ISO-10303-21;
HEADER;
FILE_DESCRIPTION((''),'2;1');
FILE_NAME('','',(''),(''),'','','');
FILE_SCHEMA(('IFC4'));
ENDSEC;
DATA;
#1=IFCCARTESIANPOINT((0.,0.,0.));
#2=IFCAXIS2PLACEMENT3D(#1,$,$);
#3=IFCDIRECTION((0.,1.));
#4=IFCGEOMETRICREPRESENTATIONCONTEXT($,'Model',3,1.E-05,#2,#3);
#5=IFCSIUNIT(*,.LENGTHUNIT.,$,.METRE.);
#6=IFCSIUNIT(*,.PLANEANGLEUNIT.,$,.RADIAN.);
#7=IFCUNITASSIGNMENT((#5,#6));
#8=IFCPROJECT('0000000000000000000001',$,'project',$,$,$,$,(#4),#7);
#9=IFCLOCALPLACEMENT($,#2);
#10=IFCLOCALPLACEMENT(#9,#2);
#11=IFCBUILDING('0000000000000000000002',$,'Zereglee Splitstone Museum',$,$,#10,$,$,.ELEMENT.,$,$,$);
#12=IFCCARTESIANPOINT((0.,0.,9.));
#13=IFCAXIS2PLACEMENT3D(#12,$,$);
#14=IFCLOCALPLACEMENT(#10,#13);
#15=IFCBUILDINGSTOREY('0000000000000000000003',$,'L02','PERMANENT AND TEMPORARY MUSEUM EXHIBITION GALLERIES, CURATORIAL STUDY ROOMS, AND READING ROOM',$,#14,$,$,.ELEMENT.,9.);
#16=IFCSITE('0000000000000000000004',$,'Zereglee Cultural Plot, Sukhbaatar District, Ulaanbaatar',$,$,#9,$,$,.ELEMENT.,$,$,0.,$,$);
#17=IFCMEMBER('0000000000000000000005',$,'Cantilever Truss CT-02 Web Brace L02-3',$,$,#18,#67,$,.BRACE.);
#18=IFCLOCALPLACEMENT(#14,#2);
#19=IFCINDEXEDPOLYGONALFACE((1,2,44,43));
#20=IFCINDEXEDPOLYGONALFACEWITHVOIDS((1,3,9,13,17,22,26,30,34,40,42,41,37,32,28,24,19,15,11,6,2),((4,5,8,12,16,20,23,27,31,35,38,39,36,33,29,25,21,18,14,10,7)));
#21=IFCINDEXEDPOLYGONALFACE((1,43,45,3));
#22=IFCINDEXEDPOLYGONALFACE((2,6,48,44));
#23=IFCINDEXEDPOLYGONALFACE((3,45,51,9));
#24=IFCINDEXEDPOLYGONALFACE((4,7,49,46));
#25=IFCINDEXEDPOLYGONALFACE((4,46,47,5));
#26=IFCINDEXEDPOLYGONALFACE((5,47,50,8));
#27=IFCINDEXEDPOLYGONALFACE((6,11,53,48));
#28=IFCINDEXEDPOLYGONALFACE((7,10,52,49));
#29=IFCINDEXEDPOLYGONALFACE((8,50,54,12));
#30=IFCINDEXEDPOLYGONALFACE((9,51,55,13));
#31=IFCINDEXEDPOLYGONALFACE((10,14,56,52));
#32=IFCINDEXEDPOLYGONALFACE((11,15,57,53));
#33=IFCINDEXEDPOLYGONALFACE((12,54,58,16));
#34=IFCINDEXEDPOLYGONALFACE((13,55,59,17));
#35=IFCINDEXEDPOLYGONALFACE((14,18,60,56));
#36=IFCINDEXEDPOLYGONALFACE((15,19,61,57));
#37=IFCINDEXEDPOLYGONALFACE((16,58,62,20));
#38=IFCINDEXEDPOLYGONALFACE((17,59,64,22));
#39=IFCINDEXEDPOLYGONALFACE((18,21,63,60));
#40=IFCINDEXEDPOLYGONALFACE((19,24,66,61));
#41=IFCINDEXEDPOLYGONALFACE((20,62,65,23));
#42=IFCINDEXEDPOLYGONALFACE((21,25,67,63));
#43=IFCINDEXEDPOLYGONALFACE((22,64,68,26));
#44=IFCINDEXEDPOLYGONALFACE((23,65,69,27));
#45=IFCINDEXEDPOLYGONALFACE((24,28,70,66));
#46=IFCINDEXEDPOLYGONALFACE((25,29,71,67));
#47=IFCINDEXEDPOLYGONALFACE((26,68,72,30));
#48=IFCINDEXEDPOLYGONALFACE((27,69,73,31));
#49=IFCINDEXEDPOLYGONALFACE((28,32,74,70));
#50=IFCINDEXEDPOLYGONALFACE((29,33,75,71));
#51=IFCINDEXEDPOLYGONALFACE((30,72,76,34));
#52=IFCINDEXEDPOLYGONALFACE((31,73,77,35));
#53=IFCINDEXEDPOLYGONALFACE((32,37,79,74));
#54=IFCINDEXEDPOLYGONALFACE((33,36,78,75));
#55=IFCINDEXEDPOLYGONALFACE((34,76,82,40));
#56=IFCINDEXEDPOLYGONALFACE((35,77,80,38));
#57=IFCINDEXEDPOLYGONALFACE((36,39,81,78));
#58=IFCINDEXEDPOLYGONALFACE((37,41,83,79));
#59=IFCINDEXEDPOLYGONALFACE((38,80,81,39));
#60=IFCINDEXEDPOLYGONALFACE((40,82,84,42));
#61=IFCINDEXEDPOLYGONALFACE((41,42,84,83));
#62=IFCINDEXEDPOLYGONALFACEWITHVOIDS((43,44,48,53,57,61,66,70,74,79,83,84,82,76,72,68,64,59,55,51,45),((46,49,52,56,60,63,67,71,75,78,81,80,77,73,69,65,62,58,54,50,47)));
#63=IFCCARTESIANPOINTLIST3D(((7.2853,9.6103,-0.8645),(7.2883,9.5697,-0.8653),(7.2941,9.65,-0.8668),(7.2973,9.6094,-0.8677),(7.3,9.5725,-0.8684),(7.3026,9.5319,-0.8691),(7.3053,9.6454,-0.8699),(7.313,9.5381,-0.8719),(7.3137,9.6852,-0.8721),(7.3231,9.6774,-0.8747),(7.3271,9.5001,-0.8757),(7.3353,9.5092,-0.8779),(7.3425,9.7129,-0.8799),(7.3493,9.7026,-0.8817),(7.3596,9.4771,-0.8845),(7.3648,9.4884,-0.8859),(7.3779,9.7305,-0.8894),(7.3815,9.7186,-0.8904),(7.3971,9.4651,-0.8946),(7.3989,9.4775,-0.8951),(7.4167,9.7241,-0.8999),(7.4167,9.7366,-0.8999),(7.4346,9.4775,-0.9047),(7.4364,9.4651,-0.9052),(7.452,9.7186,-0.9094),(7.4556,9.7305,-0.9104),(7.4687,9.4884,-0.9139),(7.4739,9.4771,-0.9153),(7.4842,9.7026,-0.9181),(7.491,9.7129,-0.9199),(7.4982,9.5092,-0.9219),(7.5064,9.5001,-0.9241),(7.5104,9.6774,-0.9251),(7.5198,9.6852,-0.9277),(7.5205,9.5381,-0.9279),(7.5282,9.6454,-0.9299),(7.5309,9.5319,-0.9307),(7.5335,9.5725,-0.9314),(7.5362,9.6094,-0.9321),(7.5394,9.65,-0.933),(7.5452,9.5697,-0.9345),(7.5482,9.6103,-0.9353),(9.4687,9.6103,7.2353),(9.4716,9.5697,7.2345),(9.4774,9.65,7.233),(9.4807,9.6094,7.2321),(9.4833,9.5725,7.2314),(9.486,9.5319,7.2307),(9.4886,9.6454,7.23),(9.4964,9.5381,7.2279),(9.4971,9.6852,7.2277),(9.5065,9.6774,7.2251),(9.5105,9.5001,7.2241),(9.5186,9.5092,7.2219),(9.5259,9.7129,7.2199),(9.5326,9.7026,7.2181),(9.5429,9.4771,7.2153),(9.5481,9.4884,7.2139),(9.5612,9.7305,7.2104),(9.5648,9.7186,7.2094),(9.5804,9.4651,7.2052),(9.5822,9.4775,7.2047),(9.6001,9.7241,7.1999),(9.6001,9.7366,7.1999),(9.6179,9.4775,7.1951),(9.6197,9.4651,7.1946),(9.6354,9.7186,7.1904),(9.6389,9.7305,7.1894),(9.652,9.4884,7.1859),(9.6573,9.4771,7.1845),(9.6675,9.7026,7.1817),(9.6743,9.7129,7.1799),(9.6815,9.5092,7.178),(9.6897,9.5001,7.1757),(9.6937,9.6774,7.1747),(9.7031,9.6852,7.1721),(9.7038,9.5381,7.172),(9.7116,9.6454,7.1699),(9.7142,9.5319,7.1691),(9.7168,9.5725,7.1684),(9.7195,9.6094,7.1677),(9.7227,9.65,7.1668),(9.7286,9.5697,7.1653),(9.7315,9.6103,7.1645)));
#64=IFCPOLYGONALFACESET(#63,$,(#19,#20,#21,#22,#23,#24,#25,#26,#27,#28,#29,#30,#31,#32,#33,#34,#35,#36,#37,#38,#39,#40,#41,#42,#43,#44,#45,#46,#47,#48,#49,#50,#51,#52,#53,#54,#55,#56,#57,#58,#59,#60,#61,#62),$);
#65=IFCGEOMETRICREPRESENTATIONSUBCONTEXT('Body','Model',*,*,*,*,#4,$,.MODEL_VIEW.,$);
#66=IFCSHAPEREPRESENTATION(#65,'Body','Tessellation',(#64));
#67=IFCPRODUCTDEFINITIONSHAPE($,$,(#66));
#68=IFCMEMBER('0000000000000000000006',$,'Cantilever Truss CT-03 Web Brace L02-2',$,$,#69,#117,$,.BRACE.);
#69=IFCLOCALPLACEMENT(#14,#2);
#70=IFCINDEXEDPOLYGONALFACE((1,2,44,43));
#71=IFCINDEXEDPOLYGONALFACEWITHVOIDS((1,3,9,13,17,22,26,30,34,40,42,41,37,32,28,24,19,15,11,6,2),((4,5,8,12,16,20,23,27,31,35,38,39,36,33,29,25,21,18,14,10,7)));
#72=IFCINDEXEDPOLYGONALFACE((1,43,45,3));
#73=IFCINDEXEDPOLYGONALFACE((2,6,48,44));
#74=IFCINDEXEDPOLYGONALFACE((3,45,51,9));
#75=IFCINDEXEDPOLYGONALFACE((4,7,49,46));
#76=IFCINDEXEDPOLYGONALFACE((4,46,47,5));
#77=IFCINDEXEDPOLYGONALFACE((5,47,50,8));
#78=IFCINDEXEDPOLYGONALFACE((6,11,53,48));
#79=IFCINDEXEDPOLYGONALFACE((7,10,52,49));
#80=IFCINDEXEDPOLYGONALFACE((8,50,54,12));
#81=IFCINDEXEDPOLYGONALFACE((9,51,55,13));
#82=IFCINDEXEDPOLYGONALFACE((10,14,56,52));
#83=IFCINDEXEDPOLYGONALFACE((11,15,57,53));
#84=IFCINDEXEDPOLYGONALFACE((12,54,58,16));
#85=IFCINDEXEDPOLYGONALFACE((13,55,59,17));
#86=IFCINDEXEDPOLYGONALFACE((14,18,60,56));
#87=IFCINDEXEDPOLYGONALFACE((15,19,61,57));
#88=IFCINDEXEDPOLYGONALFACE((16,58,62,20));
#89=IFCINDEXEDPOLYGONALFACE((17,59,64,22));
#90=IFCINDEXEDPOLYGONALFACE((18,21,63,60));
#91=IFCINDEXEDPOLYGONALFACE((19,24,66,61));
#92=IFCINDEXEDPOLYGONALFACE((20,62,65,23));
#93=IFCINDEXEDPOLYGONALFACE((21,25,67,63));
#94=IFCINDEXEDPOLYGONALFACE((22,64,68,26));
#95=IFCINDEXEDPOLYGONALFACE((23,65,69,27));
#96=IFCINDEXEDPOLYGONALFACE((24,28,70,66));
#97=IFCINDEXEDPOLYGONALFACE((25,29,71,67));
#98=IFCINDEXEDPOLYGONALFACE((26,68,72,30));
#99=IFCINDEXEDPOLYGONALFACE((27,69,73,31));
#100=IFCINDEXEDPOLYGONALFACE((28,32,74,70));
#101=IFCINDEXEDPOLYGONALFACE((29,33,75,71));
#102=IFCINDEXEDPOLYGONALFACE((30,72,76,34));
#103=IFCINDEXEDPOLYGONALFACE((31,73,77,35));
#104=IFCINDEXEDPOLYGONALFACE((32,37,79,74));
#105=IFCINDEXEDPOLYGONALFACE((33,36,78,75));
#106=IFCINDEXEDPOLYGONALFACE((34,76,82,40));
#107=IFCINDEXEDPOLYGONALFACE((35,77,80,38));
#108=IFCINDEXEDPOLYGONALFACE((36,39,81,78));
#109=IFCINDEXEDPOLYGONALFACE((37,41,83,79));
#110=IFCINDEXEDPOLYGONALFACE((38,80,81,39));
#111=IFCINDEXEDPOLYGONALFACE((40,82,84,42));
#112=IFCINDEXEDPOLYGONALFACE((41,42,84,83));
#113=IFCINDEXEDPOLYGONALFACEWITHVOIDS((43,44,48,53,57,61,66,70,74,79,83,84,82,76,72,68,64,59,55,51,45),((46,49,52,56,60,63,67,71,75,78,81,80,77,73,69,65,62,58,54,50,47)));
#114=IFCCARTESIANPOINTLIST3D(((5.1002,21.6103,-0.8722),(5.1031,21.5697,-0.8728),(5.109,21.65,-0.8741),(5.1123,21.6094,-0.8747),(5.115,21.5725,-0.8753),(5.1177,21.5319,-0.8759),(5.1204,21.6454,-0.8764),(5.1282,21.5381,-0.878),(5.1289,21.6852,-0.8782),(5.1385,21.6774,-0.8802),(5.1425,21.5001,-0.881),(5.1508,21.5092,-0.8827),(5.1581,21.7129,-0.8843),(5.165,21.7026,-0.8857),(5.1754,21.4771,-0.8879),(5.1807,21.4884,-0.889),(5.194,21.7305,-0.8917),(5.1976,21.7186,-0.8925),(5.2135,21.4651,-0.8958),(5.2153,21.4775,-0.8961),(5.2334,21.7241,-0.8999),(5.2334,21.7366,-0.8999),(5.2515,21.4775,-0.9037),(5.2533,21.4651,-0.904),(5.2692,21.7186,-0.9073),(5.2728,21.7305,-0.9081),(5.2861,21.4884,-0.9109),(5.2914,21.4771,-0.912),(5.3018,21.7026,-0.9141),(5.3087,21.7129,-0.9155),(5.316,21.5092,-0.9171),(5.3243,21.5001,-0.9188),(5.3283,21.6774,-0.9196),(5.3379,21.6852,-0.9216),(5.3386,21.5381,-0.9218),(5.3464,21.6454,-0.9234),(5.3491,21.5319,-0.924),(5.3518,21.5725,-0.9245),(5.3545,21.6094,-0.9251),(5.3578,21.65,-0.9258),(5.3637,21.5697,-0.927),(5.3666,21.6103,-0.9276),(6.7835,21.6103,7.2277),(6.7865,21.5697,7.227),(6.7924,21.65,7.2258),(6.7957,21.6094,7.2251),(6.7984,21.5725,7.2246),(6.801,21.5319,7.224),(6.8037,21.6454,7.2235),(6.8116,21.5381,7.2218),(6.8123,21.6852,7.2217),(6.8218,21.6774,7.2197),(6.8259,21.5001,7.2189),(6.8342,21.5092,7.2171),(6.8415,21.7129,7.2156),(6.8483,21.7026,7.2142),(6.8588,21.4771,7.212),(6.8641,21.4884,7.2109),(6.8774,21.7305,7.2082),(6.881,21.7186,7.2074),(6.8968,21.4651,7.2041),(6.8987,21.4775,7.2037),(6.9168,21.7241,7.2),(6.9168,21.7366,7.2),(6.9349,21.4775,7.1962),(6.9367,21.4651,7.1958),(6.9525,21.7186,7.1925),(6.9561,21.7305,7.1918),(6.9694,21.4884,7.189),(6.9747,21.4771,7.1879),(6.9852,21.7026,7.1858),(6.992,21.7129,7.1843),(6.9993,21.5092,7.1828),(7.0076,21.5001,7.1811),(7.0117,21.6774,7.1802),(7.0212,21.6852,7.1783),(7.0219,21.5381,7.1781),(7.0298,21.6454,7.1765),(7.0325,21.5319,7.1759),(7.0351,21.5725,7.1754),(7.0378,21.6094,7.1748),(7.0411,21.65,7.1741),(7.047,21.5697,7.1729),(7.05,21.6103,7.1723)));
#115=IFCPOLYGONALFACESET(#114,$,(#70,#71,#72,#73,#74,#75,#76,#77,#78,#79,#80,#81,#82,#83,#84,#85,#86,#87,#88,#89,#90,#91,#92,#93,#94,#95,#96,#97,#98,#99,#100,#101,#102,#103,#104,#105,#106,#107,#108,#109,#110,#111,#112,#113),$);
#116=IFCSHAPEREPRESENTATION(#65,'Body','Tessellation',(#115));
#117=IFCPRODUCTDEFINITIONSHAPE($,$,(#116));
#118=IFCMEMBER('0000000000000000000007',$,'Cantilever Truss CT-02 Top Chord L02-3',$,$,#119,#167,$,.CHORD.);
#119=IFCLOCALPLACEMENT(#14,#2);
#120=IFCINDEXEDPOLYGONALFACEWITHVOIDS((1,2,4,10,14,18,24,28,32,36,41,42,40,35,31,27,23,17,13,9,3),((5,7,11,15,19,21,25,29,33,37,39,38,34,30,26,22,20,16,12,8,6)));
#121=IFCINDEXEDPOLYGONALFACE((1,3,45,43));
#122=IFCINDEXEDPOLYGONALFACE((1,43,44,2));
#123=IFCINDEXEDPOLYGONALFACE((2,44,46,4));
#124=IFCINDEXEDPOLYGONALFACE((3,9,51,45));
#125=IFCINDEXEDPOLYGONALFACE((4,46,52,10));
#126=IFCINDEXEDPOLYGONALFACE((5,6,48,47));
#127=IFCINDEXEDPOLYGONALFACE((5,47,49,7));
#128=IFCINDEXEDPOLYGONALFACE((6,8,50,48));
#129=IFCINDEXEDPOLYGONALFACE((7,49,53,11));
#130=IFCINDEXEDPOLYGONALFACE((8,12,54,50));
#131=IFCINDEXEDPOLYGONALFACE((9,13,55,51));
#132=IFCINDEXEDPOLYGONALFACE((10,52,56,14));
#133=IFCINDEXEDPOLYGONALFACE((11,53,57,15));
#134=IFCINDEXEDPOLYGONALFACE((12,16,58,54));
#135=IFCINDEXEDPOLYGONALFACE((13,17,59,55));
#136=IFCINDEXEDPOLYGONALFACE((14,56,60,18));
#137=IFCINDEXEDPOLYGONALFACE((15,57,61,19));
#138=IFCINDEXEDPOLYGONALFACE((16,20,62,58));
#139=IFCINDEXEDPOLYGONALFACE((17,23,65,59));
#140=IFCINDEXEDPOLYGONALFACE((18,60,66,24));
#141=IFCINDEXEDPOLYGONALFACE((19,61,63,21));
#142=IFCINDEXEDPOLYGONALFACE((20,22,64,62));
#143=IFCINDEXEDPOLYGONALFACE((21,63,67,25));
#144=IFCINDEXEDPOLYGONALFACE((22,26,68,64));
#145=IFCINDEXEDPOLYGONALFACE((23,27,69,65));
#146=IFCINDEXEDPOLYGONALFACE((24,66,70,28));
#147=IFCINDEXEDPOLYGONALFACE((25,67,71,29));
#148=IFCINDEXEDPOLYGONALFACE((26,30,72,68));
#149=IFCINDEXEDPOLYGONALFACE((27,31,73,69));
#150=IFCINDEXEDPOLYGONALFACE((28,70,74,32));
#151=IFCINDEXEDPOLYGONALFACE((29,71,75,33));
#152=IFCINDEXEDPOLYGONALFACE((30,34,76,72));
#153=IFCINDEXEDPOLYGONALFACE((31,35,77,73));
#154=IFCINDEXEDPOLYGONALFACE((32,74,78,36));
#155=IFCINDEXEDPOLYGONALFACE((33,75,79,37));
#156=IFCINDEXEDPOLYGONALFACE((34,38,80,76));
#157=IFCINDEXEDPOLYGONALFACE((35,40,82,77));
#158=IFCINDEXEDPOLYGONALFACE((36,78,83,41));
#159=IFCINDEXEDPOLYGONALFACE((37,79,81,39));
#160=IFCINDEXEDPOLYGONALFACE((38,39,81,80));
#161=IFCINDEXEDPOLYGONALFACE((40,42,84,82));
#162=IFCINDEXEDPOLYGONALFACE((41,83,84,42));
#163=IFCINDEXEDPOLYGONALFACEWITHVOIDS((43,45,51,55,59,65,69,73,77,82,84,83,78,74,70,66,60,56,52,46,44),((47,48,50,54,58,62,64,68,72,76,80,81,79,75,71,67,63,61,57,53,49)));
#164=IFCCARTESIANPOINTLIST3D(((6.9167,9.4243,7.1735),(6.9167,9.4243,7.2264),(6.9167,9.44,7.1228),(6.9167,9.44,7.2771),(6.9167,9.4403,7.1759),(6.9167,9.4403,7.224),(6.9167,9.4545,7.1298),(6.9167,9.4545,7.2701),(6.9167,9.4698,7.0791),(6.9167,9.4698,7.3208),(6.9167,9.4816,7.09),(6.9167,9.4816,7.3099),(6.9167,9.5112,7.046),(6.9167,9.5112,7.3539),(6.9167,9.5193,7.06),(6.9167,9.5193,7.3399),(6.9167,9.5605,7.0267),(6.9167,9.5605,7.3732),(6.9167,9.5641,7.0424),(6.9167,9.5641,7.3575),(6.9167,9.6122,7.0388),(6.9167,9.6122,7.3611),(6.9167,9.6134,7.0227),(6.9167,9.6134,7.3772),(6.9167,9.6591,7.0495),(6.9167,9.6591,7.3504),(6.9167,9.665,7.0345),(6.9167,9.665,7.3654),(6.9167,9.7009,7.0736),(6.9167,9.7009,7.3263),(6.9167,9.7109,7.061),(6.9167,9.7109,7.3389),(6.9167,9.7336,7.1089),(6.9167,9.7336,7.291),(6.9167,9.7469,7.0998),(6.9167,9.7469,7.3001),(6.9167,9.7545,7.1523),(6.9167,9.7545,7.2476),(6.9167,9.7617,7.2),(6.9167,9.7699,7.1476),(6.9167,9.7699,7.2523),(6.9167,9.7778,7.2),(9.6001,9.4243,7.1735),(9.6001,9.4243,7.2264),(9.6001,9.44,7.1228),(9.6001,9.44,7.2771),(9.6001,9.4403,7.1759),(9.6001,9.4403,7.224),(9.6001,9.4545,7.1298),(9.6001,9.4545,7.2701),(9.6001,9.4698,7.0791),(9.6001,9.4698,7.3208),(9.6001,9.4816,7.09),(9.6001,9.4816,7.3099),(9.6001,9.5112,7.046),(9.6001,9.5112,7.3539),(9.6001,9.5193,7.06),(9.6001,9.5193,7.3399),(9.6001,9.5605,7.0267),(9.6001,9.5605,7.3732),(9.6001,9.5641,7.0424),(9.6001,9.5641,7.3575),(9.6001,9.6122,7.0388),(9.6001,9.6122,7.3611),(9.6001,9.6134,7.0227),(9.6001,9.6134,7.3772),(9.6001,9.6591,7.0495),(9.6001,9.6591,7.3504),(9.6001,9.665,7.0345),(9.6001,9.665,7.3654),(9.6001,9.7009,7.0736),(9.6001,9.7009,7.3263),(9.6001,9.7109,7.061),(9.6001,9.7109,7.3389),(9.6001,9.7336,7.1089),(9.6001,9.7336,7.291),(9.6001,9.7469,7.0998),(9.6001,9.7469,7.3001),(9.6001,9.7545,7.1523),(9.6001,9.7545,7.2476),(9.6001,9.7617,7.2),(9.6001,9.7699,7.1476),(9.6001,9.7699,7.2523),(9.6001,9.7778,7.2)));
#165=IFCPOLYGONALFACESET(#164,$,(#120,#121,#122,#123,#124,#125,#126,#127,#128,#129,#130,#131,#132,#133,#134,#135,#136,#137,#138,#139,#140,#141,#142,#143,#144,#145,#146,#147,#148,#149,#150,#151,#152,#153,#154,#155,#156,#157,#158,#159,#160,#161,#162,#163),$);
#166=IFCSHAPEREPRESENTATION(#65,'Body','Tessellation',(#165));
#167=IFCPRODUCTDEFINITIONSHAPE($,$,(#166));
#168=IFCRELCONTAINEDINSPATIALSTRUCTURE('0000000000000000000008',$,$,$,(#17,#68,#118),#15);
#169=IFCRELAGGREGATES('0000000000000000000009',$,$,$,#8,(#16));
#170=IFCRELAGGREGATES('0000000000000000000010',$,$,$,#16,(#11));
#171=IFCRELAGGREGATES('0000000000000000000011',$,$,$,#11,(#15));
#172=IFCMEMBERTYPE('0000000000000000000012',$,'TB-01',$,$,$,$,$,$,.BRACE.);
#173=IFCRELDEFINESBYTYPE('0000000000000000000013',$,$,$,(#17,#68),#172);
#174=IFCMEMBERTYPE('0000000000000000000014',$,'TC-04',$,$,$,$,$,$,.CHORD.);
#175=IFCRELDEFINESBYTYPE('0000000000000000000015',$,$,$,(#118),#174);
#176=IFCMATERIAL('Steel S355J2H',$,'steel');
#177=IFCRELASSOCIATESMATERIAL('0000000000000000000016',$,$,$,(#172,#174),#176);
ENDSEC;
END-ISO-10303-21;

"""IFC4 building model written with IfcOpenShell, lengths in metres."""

from ifc_helpers import new_model, si_unit, direction, frame, origin, origin_2d, place, context, subcontext, project, spatial, hollow_circle, extrude, material, material_profile, profile_set, type_object, element, save


model = new_model("IFC4")

# Units and contexts
model_context = context("Model", 3, precision=1e-05, world=origin(), true_north=direction((0.0, 1.0)))
body_context = subcontext(model_context, "Body", "Model", "MODEL_VIEW")
ifc_project = project(units=[si_unit("LENGTHUNIT", "METRE"), si_unit("PLANEANGLEUNIT", "RADIAN")], contexts=[model_context])

# Site, building, storey
site_placement = place(None, origin())
site = spatial("IfcSite", under=ifc_project, at=site_placement, Name="Zereglee Cultural Plot, Sukhbaatar District, Ulaanbaatar", CompositionType="ELEMENT", RefElevation=0.0)
building_placement = place(site_placement, origin())
building = spatial("IfcBuilding", under=site, at=building_placement, Name="Zereglee Splitstone Museum", CompositionType="ELEMENT")
storey_placement = place(building_placement, frame((0.0, 0.0, 9.0)))
storey = spatial("IfcBuildingStorey", under=building, at=storey_placement, Name="L02", Description="PERMANENT AND TEMPORARY MUSEUM EXHIBITION GALLERIES, CURATORIAL STUDY ROOMS, AND READING ROOM", CompositionType="ELEMENT", Elevation=9.0)

# Members
ifc_material_1 = material(Name="Steel S355J2H", Category="steel")
ifc_material_profile_1 = material_profile(ifc_material_1, hollow_circle(Radius=0.1365, WallThickness=0.0125, at=origin_2d()), Name="CHS 273.0x12.5")
ifc_profile_set_1 = profile_set([ifc_material_profile_1], Name="Steel S355J2H")
member_type_1 = type_object("IfcMemberType", Name="TB-01", PredefinedType="BRACE", material=ifc_profile_set_1)
member_1_placement = place(storey_placement, frame((7.4167, 9.6001, -0.8999), z_axis=(0.260265, 0.0, 0.965537), x_axis=(0.0, 1.0, 0.0)))
element("IfcMember", 1, at=member_1_placement, inside=storey, type_object=member_type_1, Name="Cantilever Truss CT-02 Web Brace L02-3", PredefinedType="BRACE", context=body_context, shape_type="SweptSolid", body=[
    extrude(hollow_circle(Radius=0.1365, WallThickness=0.0125, at=origin_2d()), origin(), (0.0, 0.0, 1.0), 8.3889),
])
member_2_placement = place(storey_placement, frame((5.2334, 21.6001, -0.8999), z_axis=(0.203477, 0.0, 0.97908), x_axis=(0.0, 1.0, 0.0)))
element("IfcMember", 2, at=member_2_placement, inside=storey, type_object=member_type_1, Name="Cantilever Truss CT-03 Web Brace L02-2", PredefinedType="BRACE", context=body_context, shape_type="SweptSolid", body=[
    extrude(hollow_circle(Radius=0.1365, WallThickness=0.0125, at=origin_2d()), origin(), (0.0, 0.0, 1.0), 8.2729),
])
ifc_material_profile_2 = material_profile(ifc_material_1, hollow_circle(Radius=0.1777, WallThickness=0.0161, at=origin_2d()), Name="CHS 355.6x16")
ifc_profile_set_2 = profile_set([ifc_material_profile_2], Name="Steel S355J2H")
member_type_2 = type_object("IfcMemberType", Name="TC-04", PredefinedType="CHORD", material=ifc_profile_set_2)
member_3_placement = place(storey_placement, frame((6.9167, 9.6001, 7.2), z_axis=(1.0, 0.0, 0.0), x_axis=(0.0, 1.0, 0.0)))
element("IfcMember", 3, at=member_3_placement, inside=storey, type_object=member_type_2, Name="Cantilever Truss CT-02 Top Chord L02-3", PredefinedType="CHORD", context=body_context, shape_type="SweptSolid", body=[
    extrude(hollow_circle(Radius=0.1777, WallThickness=0.0161, at=origin_2d()), origin(), (0.0, 0.0, 1.0), 2.6833),
])

save(model, "model.ifc")
